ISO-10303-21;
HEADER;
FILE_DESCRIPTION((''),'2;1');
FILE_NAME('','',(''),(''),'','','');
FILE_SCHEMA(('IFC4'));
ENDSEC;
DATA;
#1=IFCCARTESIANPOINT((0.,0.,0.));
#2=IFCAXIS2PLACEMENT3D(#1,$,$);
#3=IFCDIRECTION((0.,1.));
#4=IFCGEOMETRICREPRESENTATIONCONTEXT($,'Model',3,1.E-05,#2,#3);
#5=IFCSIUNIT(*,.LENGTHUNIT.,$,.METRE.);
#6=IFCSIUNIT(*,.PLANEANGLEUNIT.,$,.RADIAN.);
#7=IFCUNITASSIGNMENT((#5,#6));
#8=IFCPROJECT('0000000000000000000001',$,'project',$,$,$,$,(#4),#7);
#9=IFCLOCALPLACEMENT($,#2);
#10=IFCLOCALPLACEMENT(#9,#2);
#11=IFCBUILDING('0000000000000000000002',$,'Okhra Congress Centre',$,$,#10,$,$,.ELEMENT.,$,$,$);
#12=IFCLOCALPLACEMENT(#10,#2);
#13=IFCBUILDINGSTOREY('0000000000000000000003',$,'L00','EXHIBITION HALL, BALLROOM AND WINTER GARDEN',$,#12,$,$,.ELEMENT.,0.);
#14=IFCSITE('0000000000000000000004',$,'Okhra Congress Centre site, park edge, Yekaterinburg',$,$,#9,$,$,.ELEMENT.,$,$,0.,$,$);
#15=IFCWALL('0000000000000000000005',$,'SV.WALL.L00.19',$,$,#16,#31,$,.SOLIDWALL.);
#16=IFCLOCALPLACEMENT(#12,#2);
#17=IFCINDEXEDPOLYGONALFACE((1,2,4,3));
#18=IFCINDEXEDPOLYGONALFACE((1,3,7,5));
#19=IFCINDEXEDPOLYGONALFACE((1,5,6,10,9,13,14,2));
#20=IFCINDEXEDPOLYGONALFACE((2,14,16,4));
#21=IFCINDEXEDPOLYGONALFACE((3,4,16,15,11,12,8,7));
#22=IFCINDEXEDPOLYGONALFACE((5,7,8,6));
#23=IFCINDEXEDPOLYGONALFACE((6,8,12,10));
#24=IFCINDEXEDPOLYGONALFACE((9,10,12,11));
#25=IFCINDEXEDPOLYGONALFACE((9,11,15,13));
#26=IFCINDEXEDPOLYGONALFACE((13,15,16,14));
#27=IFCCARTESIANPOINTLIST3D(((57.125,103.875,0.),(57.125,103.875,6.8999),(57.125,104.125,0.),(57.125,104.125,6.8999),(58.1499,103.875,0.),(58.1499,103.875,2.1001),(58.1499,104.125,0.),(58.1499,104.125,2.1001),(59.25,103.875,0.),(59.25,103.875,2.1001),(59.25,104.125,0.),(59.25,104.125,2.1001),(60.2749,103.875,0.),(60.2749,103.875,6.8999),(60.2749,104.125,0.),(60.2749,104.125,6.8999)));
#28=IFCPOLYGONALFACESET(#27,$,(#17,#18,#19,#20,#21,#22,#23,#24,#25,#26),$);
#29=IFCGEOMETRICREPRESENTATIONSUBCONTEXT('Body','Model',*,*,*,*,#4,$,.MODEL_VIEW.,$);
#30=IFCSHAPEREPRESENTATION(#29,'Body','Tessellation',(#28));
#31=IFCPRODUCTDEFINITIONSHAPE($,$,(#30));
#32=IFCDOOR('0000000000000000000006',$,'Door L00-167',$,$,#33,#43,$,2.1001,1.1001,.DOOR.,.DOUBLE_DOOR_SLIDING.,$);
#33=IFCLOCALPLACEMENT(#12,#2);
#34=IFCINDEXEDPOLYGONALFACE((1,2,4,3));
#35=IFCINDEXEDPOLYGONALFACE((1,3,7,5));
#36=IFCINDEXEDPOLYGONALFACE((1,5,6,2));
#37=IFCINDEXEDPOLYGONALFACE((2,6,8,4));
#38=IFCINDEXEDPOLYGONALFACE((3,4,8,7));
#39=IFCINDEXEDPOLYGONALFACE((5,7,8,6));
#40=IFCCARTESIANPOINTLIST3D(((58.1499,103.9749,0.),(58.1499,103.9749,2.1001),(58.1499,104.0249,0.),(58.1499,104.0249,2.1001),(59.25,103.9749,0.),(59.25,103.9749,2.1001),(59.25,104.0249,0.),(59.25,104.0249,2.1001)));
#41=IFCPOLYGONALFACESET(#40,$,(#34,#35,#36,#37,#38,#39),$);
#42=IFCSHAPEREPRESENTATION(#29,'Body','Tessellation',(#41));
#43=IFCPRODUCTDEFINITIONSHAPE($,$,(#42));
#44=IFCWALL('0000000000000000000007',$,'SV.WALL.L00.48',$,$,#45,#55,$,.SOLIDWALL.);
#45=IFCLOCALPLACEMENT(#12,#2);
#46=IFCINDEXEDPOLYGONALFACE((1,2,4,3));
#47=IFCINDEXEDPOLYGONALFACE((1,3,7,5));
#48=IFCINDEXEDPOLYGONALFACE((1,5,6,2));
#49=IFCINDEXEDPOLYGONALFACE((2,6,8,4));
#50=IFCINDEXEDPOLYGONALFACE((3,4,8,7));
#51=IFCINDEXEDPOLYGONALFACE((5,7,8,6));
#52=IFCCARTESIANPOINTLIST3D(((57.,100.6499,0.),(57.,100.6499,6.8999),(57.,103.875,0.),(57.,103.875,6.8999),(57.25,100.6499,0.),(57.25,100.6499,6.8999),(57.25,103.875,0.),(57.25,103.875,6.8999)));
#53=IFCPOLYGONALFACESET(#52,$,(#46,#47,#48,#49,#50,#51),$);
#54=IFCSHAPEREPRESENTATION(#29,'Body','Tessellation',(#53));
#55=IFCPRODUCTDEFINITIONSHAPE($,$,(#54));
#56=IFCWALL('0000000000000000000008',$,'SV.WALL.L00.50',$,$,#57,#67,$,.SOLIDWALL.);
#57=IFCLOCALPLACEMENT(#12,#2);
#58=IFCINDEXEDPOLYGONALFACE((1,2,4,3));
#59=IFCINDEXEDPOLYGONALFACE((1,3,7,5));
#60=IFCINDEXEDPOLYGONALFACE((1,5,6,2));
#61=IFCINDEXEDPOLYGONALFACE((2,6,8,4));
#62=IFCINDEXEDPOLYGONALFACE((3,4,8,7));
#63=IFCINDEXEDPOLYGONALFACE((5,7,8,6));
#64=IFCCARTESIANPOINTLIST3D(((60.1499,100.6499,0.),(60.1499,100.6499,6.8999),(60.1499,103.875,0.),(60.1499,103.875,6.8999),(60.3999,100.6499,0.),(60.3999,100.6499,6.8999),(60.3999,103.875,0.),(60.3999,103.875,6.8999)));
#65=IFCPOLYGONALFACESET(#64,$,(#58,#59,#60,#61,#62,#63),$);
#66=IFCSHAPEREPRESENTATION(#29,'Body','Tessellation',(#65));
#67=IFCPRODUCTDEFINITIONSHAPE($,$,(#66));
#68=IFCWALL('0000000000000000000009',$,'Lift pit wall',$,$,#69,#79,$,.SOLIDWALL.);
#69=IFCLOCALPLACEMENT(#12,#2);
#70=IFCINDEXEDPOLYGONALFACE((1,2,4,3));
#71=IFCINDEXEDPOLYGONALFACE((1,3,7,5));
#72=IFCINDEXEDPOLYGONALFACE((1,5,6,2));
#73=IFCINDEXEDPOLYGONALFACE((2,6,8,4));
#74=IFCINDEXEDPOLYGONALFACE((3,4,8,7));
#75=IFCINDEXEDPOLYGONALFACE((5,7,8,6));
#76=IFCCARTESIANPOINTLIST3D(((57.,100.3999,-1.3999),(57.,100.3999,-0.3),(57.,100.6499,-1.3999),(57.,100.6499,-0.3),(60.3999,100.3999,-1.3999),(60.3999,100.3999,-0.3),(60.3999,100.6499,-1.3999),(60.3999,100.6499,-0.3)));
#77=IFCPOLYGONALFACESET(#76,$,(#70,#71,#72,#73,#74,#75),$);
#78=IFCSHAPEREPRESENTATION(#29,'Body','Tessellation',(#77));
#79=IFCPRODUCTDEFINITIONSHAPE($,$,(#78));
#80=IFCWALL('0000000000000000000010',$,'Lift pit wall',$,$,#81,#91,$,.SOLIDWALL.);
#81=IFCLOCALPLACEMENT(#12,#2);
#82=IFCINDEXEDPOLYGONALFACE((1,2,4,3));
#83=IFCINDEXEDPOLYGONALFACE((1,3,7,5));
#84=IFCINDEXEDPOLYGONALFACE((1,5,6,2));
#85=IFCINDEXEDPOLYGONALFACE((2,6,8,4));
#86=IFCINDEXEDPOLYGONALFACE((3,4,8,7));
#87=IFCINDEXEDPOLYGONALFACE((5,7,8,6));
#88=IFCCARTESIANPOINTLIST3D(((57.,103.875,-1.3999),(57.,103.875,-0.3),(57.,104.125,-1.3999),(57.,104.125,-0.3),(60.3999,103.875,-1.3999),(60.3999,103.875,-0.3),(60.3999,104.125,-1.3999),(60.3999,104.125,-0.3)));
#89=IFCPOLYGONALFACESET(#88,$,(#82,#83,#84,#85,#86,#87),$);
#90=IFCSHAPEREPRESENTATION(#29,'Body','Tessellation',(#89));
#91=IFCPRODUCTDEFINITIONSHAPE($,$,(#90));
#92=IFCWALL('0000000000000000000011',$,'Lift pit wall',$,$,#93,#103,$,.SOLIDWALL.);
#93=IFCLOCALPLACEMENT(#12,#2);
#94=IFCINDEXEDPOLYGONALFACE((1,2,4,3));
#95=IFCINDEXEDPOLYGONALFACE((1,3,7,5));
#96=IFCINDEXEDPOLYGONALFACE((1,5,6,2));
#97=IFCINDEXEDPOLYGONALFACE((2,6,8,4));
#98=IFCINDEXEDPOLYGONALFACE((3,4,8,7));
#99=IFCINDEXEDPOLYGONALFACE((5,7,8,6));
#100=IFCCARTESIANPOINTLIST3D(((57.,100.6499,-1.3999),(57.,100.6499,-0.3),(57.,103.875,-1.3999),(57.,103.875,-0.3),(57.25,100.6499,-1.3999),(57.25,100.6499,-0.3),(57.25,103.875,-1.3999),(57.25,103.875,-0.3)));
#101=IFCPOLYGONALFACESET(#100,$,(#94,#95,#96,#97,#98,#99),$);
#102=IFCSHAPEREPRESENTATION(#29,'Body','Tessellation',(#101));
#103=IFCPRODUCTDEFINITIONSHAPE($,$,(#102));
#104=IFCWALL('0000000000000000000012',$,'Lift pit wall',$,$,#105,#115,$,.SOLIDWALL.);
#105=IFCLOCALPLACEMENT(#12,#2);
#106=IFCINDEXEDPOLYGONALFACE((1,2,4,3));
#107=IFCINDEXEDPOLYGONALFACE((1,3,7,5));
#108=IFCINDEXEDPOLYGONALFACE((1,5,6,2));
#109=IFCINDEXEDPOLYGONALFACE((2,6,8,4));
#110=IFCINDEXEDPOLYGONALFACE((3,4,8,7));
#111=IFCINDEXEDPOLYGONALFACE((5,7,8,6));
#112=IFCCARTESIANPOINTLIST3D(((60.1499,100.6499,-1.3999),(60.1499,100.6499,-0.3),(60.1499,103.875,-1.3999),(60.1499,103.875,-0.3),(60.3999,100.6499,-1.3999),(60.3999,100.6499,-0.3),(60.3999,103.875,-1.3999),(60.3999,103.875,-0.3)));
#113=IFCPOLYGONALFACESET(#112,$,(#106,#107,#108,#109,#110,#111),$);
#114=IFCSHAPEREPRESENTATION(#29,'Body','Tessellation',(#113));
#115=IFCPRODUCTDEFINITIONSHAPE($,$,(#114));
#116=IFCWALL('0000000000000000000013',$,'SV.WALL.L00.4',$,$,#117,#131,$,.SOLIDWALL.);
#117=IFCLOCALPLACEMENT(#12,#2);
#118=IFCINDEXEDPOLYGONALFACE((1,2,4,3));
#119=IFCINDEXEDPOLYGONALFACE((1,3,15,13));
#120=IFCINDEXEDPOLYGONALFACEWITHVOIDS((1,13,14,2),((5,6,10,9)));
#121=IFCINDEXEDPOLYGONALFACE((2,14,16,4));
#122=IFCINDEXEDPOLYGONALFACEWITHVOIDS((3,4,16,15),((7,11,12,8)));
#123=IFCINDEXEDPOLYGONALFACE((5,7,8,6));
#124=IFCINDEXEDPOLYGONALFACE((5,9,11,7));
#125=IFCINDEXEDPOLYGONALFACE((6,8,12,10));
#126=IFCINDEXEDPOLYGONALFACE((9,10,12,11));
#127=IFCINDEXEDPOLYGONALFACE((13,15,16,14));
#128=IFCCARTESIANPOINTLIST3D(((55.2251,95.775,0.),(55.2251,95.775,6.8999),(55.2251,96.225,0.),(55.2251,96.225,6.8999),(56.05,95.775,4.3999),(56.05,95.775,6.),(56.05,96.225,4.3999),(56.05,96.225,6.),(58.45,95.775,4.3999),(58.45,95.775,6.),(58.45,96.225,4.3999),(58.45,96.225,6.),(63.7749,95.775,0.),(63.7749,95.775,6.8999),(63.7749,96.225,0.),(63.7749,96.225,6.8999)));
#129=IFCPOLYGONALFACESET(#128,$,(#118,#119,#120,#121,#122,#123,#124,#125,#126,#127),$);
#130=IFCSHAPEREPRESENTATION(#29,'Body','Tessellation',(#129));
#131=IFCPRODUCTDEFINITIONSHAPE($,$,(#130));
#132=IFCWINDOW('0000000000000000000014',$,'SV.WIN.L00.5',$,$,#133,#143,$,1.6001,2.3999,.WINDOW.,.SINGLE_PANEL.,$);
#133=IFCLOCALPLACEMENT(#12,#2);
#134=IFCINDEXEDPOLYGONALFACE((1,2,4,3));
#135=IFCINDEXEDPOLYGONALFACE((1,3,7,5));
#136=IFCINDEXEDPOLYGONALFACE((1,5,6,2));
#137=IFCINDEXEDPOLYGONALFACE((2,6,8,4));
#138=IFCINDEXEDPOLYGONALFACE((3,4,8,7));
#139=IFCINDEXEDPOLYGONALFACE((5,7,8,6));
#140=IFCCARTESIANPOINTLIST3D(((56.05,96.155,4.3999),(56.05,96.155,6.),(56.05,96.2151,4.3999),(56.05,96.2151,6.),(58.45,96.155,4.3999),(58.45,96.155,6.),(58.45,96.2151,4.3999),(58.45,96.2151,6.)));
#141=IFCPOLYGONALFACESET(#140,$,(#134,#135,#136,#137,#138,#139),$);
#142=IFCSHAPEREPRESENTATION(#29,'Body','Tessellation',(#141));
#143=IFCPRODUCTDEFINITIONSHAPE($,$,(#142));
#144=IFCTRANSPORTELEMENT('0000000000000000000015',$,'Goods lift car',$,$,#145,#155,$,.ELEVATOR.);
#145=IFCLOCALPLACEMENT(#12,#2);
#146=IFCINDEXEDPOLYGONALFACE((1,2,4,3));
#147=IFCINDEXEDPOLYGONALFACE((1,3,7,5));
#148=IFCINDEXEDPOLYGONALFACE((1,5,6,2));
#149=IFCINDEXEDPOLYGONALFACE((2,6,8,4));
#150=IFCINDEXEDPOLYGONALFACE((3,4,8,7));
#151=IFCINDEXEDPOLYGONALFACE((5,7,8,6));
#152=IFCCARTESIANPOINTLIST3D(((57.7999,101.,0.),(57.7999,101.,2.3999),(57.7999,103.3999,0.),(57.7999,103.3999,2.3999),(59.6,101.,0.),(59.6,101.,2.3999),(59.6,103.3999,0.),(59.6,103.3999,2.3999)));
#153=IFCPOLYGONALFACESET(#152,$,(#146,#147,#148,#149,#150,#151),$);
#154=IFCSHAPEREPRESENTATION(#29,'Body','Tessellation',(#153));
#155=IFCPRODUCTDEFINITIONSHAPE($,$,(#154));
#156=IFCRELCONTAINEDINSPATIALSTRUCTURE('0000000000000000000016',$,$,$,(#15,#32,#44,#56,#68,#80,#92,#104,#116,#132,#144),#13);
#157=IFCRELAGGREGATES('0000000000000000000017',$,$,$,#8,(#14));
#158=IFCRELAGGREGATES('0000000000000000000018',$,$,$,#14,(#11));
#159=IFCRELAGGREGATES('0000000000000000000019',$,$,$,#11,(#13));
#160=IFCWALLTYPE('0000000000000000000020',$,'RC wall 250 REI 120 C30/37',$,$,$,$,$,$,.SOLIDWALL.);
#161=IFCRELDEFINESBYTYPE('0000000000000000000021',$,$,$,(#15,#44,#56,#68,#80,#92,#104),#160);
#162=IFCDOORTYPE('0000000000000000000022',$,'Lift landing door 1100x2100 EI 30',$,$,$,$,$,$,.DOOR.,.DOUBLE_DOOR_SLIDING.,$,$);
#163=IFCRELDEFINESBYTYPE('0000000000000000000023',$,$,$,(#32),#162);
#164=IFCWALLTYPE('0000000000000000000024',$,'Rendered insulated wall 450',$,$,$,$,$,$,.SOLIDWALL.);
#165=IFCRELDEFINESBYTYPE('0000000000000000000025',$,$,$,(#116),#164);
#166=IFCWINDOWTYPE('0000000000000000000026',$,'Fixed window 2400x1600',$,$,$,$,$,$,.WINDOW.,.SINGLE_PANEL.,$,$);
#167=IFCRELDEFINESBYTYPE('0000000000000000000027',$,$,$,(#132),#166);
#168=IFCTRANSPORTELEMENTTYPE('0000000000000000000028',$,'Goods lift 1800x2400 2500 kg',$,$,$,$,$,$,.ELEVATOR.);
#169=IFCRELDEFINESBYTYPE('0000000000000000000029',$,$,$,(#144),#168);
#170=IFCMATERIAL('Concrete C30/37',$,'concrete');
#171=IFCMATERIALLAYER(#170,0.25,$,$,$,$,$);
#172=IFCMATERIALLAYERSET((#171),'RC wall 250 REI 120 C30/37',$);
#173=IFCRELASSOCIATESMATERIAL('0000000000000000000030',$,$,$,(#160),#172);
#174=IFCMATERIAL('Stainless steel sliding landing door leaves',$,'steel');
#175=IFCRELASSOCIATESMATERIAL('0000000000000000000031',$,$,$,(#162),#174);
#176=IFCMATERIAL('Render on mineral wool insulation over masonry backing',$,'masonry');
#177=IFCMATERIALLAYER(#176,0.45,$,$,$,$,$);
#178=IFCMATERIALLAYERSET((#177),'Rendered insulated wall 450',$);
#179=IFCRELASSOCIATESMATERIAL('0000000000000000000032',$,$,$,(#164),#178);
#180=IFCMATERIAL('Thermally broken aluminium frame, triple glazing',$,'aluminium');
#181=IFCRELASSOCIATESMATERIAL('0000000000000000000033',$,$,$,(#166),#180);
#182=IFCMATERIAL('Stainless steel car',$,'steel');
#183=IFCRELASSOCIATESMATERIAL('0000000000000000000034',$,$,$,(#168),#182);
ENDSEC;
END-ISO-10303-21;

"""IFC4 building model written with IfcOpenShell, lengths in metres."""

from ifc_helpers import new_model, si_unit, direction, frame, frame_2d, origin, origin_2d, place, context, subcontext, project, spatial, rectangle, extrude, material, layer, layer_set, type_object, element, fill, save


model = new_model("IFC4")

# Units and contexts
model_context = context("Model", 3, precision=1e-05, world=origin(), true_north=direction((0.0, 1.0)))
body_context = subcontext(model_context, "Body", "Model", "MODEL_VIEW")
ifc_project = project(units=[si_unit("LENGTHUNIT", "METRE"), si_unit("PLANEANGLEUNIT", "RADIAN")], contexts=[model_context])

# Site, building, storey
site_placement = place(None, origin())
site = spatial("IfcSite", under=ifc_project, at=site_placement, Name="Okhra Congress Centre site, park edge, Yekaterinburg", CompositionType="ELEMENT", RefElevation=0.0)
building_placement = place(site_placement, origin())
building = spatial("IfcBuilding", under=site, at=building_placement, Name="Okhra Congress Centre", CompositionType="ELEMENT")
storey_placement = place(building_placement, origin())
storey = spatial("IfcBuildingStorey", under=building, at=storey_placement, Name="L00", Description="EXHIBITION HALL, BALLROOM AND WINTER GARDEN", CompositionType="ELEMENT", Elevation=0.0)

# Shared definitions
ifc_material_1 = material(Name="Concrete C30/37", Category="concrete")

# Shared definitions
ifc_layer_1 = layer(ifc_material_1, 0.25)
ifc_layer_set_1 = layer_set([ifc_layer_1], Name="RC wall 250 REI 120 C30/37")
wall_type_1 = type_object("IfcWallType", Name="RC wall 250 REI 120 C30/37", PredefinedType="SOLIDWALL", material=ifc_layer_set_1)

# Wall, opening, door
wall_1_placement = place(storey_placement, frame((57.125, 104.0, 0.0), z_axis=(0.0, 0.0, 1.0), x_axis=(1.0, 0.0, 0.0)))
wall_1 = element("IfcWall", 1, at=wall_1_placement, inside=storey, type_object=wall_type_1, Name="SV.WALL.L00.19", PredefinedType="SOLIDWALL", context=body_context, shape_type="SweptSolid", body=[
    extrude(rectangle(XDim=3.1499, YDim=0.25, at=frame_2d((1.575, 0.0))), origin(), (0.0, 0.0, 1.0), 6.8999),
])
opening_1_placement = place(wall_1_placement, frame((1.0249, 0.0, 0.0)))
opening_1 = element("IfcOpeningElement", 2, at=opening_1_placement, cuts=wall_1, PredefinedType="OPENING", context=body_context, shape_type="SweptSolid", body=[
    extrude(rectangle(XDim=1.1001, YDim=2.1001, at=frame_2d((0.55, 1.05))), frame((0.0, 0.135, 0.0), z_axis=(0.0, -1.0, 0.0), x_axis=(1.0, 0.0, 0.0)), (0.0, 0.0, 1.0), 0.27),
])
ifc_material_2 = material(Name="Stainless steel sliding landing door leaves", Category="steel")
door_type_1 = type_object("IfcDoorType", Name="Lift landing door 1100x2100 EI 30", OperationType="DOUBLE_DOOR_SLIDING", PredefinedType="DOOR", material=ifc_material_2)
door_1_placement = place(opening_1_placement, origin())
door_1 = element("IfcDoor", 3, at=door_1_placement, inside=storey, type_object=door_type_1, Name="Door L00-167", OperationType="DOUBLE_DOOR_SLIDING", OverallHeight=2.1001, OverallWidth=1.1001, PredefinedType="DOOR", context=body_context, shape_type="SweptSolid", body=[
    extrude(rectangle(XDim=1.1001, YDim=2.1001, at=frame_2d((0.55, 1.05))), frame((0.0, 0.0249, 0.0), z_axis=(0.0, -1.0, 0.0), x_axis=(1.0, 0.0, 0.0)), (0.0, 0.0, 1.0), 0.05),
])
fill(opening_1, door_1)

# Walls
for number, where, z_axis, x_axis, name in (
    (4, (57.125, 100.6499, 0.0), (0.0, 0.0, 1.0), (0.0, 1.0, 0.0), "SV.WALL.L00.48"),
    (5, (60.2749, 100.6499, 0.0), (0.0, 0.0, 1.0), (0.0, 1.0, 0.0), "SV.WALL.L00.50"),
):
    element("IfcWall", number, at=place(storey_placement, frame(where, z_axis=z_axis, x_axis=x_axis)), inside=storey, type_object=wall_type_1, Name=name, PredefinedType="SOLIDWALL", context=body_context, shape_type="SweptSolid", body=[
        extrude(rectangle(XDim=3.2251, YDim=0.25, at=frame_2d((1.6125, 0.0))), origin(), (0.0, 0.0, 1.0), 6.8999),
    ])
for number, where, z_axis, x_axis, name in (
    (6, (57.0, 100.5249, -1.3999), (0.0, 0.0, 1.0), (1.0, 0.0, 0.0), "Lift pit wall"),
    (7, (57.0, 104.0, -1.3999), (0.0, 0.0, 1.0), (1.0, 0.0, 0.0), "Lift pit wall"),
):
    element("IfcWall", number, at=place(storey_placement, frame(where, z_axis=z_axis, x_axis=x_axis)), inside=storey, type_object=wall_type_1, Name=name, PredefinedType="SOLIDWALL", context=body_context, shape_type="SweptSolid", body=[
        extrude(rectangle(XDim=3.3999, YDim=0.25, at=frame_2d((1.7, 0.0))), origin(), (0.0, 0.0, 1.0), 1.0999),
    ])
for number, where, z_axis, x_axis, name in (
    (8, (57.125, 100.6499, -1.3999), (0.0, 0.0, 1.0), (0.0, 1.0, 0.0), "Lift pit wall"),
    (9, (60.2749, 100.6499, -1.3999), (0.0, 0.0, 1.0), (0.0, 1.0, 0.0), "Lift pit wall"),
):
    element("IfcWall", number, at=place(storey_placement, frame(where, z_axis=z_axis, x_axis=x_axis)), inside=storey, type_object=wall_type_1, Name=name, PredefinedType="SOLIDWALL", context=body_context, shape_type="SweptSolid", body=[
        extrude(rectangle(XDim=3.2251, YDim=0.25, at=frame_2d((1.6125, 0.0))), origin(), (0.0, 0.0, 1.0), 1.0999),
    ])

# Wall, opening, window
ifc_material_3 = material(Name="Render on mineral wool insulation over masonry backing", Category="masonry")
ifc_layer_2 = layer(ifc_material_3, 0.45)
ifc_layer_set_2 = layer_set([ifc_layer_2], Name="Rendered insulated wall 450")
wall_type_2 = type_object("IfcWallType", Name="Rendered insulated wall 450", PredefinedType="SOLIDWALL", material=ifc_layer_set_2)
wall_2_placement = place(storey_placement, frame((55.2251, 96.0, 0.0), z_axis=(0.0, 0.0, 1.0), x_axis=(1.0, 0.0, 0.0)))
wall_2 = element("IfcWall", 10, at=wall_2_placement, inside=storey, type_object=wall_type_2, Name="SV.WALL.L00.4", PredefinedType="SOLIDWALL", context=body_context, shape_type="SweptSolid", body=[
    extrude(rectangle(XDim=8.5498, YDim=0.45, at=frame_2d((4.2749, 0.0))), origin(), (0.0, 0.0, 1.0), 6.8999),
])
opening_2_placement = place(wall_2_placement, frame((0.825, 0.0, 4.3999)))
opening_2 = element("IfcOpeningElement", 11, at=opening_2_placement, cuts=wall_2, PredefinedType="OPENING", context=body_context, shape_type="SweptSolid", body=[
    extrude(rectangle(XDim=2.3999, YDim=1.6001, at=frame_2d((1.2, 0.8))), frame((0.0, 0.2349, 0.0), z_axis=(0.0, -1.0, 0.0), x_axis=(1.0, 0.0, 0.0)), (0.0, 0.0, 1.0), 0.47),
])
ifc_material_4 = material(Name="Thermally broken aluminium frame, triple glazing", Category="aluminium")
window_type = type_object("IfcWindowType", Name="Fixed window 2400x1600", PartitioningType="SINGLE_PANEL", PredefinedType="WINDOW", material=ifc_material_4)
window_placement = place(opening_2_placement, origin())
window = element("IfcWindow", 12, at=window_placement, inside=storey, type_object=window_type, Name="SV.WIN.L00.5", OverallHeight=1.6001, OverallWidth=2.3999, PartitioningType="SINGLE_PANEL", PredefinedType="WINDOW", context=body_context, shape_type="SweptSolid", body=[
    extrude(rectangle(XDim=2.3999, YDim=1.6001, at=frame_2d((1.2, 0.8))), frame((0.0, 0.2151, 0.0), z_axis=(0.0, -1.0, 0.0), x_axis=(1.0, 0.0, 0.0)), (0.0, 0.0, 1.0), 0.0601),
])
fill(opening_2, window)

# Transport element
ifc_material_5 = material(Name="Stainless steel car", Category="steel")
transport_element_type = type_object("IfcTransportElementType", Name="Goods lift 1800x2400 2500 kg", PredefinedType="ELEVATOR", material=ifc_material_5)
transport_element_placement = place(storey_placement, frame((58.7, 102.2, 0.0), z_axis=(0.0, 0.0, 1.0), x_axis=(1.0, 0.0, 0.0)))
element("IfcTransportElement", 13, at=transport_element_placement, inside=storey, type_object=transport_element_type, Name="Goods lift car", PredefinedType="ELEVATOR", context=body_context, shape_type="SweptSolid", body=[
    extrude(rectangle(XDim=1.8, YDim=2.3999, at=origin_2d()), origin(), (0.0, 0.0, 1.0), 2.3999),
])

save(model, "model.ifc")
